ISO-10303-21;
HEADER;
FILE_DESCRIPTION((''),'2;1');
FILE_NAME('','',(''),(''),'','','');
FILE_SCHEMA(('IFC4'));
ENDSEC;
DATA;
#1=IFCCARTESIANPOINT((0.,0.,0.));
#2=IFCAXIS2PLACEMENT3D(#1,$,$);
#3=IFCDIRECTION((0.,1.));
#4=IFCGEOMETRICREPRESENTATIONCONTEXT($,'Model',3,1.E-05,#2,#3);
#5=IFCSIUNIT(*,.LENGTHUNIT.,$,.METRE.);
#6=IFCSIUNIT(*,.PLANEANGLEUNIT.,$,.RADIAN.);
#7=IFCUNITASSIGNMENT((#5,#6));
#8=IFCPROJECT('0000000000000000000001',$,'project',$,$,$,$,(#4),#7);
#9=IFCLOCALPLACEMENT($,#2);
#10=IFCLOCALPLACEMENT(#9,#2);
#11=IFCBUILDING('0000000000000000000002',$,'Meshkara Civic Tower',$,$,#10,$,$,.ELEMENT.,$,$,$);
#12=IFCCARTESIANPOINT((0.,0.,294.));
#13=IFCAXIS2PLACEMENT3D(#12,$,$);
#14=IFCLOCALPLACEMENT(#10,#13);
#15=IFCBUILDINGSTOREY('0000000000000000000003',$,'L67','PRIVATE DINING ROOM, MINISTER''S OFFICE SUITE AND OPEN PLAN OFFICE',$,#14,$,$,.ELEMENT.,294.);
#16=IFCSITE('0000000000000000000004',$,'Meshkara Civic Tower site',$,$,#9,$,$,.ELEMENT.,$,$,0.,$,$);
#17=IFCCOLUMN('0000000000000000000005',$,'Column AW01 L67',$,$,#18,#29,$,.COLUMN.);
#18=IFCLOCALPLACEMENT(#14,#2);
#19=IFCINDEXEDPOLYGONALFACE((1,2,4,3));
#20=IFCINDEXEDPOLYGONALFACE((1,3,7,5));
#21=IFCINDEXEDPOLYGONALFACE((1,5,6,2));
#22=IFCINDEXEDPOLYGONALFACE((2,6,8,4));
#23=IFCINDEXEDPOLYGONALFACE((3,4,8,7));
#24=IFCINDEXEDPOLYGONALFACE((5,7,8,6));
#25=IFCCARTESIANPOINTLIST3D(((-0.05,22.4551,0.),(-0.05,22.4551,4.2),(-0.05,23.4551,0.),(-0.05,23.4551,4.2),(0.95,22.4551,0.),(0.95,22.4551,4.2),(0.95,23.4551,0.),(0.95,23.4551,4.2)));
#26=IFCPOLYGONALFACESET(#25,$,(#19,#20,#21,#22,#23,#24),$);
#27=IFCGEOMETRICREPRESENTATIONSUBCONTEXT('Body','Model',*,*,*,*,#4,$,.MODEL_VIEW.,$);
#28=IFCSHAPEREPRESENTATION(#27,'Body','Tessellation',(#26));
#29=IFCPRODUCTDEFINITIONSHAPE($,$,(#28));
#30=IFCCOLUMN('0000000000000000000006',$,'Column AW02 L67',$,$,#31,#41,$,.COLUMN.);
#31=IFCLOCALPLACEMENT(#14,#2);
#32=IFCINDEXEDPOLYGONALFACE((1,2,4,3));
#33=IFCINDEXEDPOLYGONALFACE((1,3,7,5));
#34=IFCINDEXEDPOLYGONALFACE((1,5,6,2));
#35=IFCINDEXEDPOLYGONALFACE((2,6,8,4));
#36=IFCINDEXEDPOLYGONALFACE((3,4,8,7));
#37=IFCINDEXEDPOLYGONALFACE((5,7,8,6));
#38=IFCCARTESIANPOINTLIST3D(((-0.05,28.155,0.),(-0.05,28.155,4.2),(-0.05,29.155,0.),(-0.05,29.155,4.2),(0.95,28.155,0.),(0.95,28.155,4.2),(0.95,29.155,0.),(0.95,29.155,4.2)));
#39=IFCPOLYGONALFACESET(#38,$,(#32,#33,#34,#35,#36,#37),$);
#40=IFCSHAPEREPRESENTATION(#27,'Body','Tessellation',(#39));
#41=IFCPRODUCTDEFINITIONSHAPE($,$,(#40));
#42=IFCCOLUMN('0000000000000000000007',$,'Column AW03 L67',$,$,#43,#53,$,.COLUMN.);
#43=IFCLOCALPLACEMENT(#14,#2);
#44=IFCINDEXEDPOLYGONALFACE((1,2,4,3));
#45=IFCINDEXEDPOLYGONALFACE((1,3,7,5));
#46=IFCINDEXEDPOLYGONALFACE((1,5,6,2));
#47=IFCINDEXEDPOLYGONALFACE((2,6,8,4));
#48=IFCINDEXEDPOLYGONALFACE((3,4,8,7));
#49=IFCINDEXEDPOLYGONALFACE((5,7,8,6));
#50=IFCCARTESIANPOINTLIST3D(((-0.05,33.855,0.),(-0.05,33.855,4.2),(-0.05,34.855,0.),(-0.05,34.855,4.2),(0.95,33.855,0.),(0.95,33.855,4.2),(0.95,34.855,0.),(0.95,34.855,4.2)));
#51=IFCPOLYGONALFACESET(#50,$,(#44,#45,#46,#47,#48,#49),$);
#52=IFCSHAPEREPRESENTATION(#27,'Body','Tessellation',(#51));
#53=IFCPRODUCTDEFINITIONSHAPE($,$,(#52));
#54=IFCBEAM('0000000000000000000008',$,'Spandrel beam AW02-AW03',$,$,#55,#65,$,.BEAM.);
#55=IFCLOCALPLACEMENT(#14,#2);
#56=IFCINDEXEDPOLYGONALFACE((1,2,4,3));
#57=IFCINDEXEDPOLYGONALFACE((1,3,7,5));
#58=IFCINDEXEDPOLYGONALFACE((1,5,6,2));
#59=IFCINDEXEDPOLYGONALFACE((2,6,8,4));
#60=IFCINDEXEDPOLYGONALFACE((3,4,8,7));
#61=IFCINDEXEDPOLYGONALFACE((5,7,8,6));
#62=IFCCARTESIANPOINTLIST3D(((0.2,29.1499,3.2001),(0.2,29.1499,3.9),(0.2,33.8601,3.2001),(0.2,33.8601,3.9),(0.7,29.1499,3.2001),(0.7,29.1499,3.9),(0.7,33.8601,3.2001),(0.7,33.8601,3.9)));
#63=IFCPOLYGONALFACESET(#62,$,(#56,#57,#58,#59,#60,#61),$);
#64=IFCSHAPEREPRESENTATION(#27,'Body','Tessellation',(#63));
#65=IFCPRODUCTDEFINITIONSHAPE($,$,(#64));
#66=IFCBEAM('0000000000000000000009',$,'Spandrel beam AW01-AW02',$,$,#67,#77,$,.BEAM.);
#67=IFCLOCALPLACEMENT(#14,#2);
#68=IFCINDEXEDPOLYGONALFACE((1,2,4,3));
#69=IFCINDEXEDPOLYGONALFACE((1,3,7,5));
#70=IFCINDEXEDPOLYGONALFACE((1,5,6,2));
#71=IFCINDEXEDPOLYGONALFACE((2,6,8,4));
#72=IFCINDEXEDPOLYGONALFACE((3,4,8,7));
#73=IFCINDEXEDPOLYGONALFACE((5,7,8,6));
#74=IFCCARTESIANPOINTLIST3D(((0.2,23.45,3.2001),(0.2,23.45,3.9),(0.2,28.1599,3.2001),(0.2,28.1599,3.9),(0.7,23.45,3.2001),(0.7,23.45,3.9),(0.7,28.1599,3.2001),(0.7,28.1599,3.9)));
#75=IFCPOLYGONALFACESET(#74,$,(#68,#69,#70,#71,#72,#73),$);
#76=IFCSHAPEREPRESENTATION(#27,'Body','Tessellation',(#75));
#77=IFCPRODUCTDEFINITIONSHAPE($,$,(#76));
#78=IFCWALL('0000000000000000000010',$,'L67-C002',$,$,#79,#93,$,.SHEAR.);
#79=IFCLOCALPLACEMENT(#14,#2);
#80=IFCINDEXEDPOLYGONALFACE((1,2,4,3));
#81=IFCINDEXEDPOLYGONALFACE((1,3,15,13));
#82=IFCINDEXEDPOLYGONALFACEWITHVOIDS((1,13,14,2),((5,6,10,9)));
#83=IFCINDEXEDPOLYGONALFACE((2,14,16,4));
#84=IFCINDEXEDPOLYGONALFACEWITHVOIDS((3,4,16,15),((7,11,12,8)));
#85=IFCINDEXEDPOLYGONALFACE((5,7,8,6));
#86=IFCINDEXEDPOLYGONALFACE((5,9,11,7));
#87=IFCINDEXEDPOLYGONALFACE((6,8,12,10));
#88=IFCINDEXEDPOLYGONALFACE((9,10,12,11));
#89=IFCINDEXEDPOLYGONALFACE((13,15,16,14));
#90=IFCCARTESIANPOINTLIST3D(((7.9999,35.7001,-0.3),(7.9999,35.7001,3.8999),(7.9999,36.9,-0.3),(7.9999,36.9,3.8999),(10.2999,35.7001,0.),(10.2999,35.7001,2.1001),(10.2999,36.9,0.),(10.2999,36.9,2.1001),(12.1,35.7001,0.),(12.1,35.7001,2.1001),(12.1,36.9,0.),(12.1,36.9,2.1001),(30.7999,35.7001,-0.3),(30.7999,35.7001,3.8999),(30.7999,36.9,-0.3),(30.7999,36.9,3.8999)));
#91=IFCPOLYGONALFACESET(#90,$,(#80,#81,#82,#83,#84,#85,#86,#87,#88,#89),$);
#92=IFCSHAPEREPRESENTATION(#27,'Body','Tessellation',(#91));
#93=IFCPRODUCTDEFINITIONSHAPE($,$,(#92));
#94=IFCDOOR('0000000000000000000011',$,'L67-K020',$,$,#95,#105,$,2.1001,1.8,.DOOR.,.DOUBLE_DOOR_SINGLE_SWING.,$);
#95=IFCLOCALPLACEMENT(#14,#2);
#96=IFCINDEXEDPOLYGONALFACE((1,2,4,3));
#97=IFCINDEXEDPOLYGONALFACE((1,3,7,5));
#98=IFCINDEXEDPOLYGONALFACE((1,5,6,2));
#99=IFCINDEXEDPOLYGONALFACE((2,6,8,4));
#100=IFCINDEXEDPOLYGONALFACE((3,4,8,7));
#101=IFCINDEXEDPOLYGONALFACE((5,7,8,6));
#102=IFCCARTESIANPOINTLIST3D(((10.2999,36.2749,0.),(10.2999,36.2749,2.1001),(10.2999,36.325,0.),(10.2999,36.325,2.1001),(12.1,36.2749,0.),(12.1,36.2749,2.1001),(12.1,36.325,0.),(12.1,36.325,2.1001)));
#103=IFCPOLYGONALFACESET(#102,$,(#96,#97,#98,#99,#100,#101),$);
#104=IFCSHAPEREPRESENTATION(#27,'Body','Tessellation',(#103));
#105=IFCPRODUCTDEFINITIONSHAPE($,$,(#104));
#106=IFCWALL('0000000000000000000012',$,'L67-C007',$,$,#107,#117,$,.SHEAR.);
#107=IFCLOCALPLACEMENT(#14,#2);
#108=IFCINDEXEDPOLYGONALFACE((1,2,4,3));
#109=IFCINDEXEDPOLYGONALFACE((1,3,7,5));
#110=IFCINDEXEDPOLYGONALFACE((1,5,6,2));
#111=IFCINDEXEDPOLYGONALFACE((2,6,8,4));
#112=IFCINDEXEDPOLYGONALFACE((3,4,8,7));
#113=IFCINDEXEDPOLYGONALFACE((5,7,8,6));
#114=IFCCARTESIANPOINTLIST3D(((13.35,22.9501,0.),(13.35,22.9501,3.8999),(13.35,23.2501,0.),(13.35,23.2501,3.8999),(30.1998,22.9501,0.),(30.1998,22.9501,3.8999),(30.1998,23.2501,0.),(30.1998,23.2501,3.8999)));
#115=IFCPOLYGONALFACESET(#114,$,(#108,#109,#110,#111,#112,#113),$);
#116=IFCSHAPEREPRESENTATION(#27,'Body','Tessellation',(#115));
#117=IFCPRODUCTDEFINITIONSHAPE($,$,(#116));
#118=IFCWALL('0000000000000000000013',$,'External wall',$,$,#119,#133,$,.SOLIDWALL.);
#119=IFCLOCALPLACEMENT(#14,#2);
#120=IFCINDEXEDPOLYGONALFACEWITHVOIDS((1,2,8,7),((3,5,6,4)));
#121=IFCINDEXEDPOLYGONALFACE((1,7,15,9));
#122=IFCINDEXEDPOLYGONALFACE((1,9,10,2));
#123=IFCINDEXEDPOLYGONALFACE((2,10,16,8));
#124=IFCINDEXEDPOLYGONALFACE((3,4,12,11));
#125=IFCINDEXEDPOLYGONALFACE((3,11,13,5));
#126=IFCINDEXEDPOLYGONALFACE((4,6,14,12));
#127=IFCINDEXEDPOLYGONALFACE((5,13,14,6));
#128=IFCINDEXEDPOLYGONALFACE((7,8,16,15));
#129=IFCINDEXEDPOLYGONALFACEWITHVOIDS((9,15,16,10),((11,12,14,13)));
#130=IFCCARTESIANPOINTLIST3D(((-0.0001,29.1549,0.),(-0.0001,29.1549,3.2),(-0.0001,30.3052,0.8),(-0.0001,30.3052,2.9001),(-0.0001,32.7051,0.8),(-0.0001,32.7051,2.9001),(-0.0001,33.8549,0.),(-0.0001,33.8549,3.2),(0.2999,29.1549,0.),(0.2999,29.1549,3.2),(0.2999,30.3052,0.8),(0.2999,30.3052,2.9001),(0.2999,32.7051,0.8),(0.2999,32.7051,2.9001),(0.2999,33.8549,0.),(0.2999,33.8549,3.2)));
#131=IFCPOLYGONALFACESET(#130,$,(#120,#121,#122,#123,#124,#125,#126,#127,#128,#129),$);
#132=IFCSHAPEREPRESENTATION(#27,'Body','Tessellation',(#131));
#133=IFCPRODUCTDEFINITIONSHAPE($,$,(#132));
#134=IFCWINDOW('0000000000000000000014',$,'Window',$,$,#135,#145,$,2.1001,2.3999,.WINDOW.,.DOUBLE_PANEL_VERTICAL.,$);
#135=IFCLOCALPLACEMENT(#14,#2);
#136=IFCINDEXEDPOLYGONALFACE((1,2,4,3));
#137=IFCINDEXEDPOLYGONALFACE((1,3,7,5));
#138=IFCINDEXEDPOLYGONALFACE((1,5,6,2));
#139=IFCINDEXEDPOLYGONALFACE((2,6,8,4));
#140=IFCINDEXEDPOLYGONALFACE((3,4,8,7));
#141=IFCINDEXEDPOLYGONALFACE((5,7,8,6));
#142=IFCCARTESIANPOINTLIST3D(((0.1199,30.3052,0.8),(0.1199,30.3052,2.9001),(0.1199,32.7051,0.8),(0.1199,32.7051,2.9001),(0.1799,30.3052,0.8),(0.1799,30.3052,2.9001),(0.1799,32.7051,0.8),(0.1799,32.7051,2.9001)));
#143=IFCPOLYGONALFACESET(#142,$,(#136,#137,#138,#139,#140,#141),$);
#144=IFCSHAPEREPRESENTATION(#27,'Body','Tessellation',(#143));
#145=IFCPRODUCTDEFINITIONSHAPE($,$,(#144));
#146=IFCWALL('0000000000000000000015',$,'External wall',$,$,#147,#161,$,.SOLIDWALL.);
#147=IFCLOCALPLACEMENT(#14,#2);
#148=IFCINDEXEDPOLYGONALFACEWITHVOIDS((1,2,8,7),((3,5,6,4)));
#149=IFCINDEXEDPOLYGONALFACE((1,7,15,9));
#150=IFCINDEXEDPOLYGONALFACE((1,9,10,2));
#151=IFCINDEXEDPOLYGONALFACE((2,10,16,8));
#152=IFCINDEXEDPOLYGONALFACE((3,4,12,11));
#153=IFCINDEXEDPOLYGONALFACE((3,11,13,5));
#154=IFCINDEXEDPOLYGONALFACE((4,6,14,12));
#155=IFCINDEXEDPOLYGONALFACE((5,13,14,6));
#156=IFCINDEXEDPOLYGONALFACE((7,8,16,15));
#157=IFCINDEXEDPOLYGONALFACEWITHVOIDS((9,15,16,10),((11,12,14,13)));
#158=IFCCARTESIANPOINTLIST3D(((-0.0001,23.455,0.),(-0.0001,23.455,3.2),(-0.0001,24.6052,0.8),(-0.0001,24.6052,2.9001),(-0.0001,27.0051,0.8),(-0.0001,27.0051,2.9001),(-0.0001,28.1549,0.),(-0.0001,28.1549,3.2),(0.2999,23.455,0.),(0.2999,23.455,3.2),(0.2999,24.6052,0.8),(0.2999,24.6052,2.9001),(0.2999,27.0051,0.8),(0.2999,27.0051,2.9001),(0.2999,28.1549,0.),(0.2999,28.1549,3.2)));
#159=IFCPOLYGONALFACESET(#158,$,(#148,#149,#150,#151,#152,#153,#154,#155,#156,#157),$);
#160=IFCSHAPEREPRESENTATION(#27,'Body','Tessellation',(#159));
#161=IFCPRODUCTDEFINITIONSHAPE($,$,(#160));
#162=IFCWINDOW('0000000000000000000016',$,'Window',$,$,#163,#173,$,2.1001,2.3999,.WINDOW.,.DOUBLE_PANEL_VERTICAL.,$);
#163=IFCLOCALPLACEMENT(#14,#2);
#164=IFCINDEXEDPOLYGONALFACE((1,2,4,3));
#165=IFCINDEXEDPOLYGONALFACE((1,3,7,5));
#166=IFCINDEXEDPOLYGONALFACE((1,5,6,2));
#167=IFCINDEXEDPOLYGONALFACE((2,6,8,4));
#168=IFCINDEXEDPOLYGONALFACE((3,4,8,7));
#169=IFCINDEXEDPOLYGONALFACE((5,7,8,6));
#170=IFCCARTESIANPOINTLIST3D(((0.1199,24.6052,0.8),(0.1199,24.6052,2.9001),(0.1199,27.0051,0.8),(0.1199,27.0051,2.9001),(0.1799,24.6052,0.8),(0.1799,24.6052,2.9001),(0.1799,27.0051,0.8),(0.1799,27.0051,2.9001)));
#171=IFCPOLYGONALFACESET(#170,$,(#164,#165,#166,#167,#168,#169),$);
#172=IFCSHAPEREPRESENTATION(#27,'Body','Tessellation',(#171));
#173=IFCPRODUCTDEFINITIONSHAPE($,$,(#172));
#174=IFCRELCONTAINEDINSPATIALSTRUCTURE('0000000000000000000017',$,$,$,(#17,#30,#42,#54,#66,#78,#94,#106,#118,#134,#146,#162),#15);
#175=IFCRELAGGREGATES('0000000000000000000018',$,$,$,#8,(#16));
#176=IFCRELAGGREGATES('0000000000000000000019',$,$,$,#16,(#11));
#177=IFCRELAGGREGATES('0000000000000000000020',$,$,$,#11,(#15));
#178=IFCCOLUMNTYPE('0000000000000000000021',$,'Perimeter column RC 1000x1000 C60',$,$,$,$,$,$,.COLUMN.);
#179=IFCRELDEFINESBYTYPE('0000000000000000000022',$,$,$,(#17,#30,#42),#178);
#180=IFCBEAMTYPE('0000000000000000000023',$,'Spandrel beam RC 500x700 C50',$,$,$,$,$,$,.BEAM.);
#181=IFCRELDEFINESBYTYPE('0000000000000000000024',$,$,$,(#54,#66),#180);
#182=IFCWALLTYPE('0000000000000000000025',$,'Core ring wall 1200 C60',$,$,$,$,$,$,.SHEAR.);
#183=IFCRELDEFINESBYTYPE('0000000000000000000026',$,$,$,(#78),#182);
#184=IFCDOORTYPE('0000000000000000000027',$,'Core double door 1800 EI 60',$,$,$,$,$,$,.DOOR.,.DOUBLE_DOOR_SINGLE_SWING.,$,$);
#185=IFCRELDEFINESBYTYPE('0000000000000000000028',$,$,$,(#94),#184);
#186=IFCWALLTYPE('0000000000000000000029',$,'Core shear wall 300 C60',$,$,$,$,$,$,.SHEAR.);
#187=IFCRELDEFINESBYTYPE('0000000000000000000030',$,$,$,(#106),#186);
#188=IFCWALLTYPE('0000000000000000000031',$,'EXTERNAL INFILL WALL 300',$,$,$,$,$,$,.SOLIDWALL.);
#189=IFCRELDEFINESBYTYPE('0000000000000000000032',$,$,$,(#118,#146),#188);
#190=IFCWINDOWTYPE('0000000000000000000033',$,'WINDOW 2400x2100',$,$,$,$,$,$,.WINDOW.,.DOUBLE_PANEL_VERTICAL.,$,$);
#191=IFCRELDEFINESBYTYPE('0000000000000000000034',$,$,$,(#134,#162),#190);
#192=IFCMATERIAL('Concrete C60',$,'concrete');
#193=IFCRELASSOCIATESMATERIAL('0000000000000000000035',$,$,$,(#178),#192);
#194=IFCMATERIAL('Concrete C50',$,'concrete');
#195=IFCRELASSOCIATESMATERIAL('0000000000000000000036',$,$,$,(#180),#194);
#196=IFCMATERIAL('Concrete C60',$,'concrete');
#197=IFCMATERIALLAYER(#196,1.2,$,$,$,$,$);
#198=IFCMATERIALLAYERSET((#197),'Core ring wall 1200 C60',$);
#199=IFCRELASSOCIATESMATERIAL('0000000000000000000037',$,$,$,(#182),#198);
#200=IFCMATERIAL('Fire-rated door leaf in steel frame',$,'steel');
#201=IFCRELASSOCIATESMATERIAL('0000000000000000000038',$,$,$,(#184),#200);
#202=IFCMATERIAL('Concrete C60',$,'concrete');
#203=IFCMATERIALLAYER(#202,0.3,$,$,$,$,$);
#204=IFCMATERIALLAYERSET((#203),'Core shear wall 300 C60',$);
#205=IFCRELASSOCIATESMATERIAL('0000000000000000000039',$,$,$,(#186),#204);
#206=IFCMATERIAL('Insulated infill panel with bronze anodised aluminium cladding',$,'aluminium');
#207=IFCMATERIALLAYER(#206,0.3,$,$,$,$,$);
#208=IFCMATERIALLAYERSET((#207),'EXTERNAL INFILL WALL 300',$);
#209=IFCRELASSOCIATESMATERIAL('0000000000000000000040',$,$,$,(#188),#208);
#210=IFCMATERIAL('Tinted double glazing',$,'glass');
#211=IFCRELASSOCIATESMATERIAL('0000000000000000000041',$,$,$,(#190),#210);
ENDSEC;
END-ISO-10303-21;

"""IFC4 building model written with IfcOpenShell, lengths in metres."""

from ifc_helpers import new_model, si_unit, direction, frame, frame_2d, origin, origin_2d, place, context, subcontext, project, spatial, rectangle, extrude, material, layer, layer_set, material_profile, profile_set, type_object, element, fill, save


model = new_model("IFC4")

# Units and contexts
model_context = context("Model", 3, precision=1e-05, world=origin(), true_north=direction((0.0, 1.0)))
body_context = subcontext(model_context, "Body", "Model", "MODEL_VIEW")
ifc_project = project(units=[si_unit("LENGTHUNIT", "METRE"), si_unit("PLANEANGLEUNIT", "RADIAN")], contexts=[model_context])

# Site, building, storey
site_placement = place(None, origin())
site = spatial("IfcSite", under=ifc_project, at=site_placement, Name="Meshkara Civic Tower site", CompositionType="ELEMENT", RefElevation=0.0)
building_placement = place(site_placement, origin())
building = spatial("IfcBuilding", under=site, at=building_placement, Name="Meshkara Civic Tower", CompositionType="ELEMENT")
storey_placement = place(building_placement, frame((0.0, 0.0, 294.0)))
storey = spatial("IfcBuildingStorey", under=building, at=storey_placement, Name="L67", Description="PRIVATE DINING ROOM, MINISTER'S OFFICE SUITE AND OPEN PLAN OFFICE", CompositionType="ELEMENT", Elevation=294.0)

# Columns
ifc_material_1 = material(Name="Concrete C60", Category="concrete")
ifc_material_profile_1 = material_profile(ifc_material_1, rectangle(XDim=1.0, YDim=1.0, at=origin_2d()))
ifc_profile_set_1 = profile_set([ifc_material_profile_1], Name="Concrete C60")
column_type = type_object("IfcColumnType", Name="Perimeter column RC 1000x1000 C60", PredefinedType="COLUMN", material=ifc_profile_set_1)
for number, where, z_axis, x_axis, name in (
    (1, (0.45, 22.9551, 0.0), (0.0, 0.0, 1.0), (1.0, 0.0, 0.0), "Column AW01 L67"),
    (2, (0.45, 28.655, 0.0), (0.0, 0.0, 1.0), (1.0, 0.0, 0.0), "Column AW02 L67"),
    (3, (0.45, 34.355, 0.0), (0.0, 0.0, 1.0), (1.0, 0.0, 0.0), "Column AW03 L67"),
):
    element("IfcColumn", number, at=place(storey_placement, frame(where, z_axis=z_axis, x_axis=x_axis)), inside=storey, type_object=column_type, Name=name, PredefinedType="COLUMN", context=body_context, shape_type="SweptSolid", body=[
        extrude(rectangle(XDim=1.0, YDim=1.0, at=origin_2d()), origin(), (0.0, 0.0, 1.0), 4.2),
    ])

# Beams
ifc_material_2 = material(Name="Concrete C50", Category="concrete")
ifc_material_profile_2 = material_profile(ifc_material_2, rectangle(XDim=0.5, YDim=0.7, at=origin_2d()))
ifc_profile_set_2 = profile_set([ifc_material_profile_2], Name="Concrete C50")
beam_type = type_object("IfcBeamType", Name="Spandrel beam RC 500x700 C50", PredefinedType="BEAM", material=ifc_profile_set_2)
beam_1_placement = place(storey_placement, frame((0.45, 33.8601, 3.55), z_axis=(0.0, -1.0, 0.0), x_axis=(1.0, 0.0, 0.0)))
element("IfcBeam", 4, at=beam_1_placement, inside=storey, type_object=beam_type, Name="Spandrel beam AW02-AW03", PredefinedType="BEAM", context=body_context, shape_type="SweptSolid", body=[
    extrude(rectangle(XDim=0.5, YDim=0.7, at=origin_2d()), origin(), (0.0, 0.0, 1.0), 4.7102),
])
beam_2_placement = place(storey_placement, frame((0.45, 28.1599, 3.55), z_axis=(0.0, -1.0, 0.0), x_axis=(1.0, 0.0, 0.0)))
element("IfcBeam", 5, at=beam_2_placement, inside=storey, type_object=beam_type, Name="Spandrel beam AW01-AW02", PredefinedType="BEAM", context=body_context, shape_type="SweptSolid", body=[
    extrude(rectangle(XDim=0.5, YDim=0.7, at=origin_2d()), origin(), (0.0, 0.0, 1.0), 4.71),
])

# Wall, opening, door
ifc_material_3 = material(Name="Concrete C60", Category="concrete")
ifc_layer_1 = layer(ifc_material_3, 1.2)
ifc_layer_set_1 = layer_set([ifc_layer_1], Name="Core ring wall 1200 C60")
wall_type_1 = type_object("IfcWallType", Name="Core ring wall 1200 C60", PredefinedType="SHEAR", material=ifc_layer_set_1)
wall_1_placement = place(storey_placement, frame((8.0, 36.3, -0.3), z_axis=(0.0, 0.0, 1.0), x_axis=(1.0, 0.0, 0.0)))
wall_1 = element("IfcWall", 6, at=wall_1_placement, inside=storey, type_object=wall_type_1, Name="L67-C002", PredefinedType="SHEAR", context=body_context, shape_type="SweptSolid", body=[
    extrude(rectangle(XDim=22.8, YDim=1.2, at=frame_2d((11.3999, 0.0))), origin(), (0.0, 0.0, 1.0), 4.2),
])
opening_1_placement = place(wall_1_placement, frame((2.3, 0.0, 0.3)))
opening_1 = element("IfcOpeningElement", 7, at=opening_1_placement, cuts=wall_1, PredefinedType="OPENING", context=body_context, shape_type="SweptSolid", body=[
    extrude(rectangle(XDim=1.8, YDim=2.1001, at=frame_2d((0.8999, 1.05))), frame((0.0, 0.6099, 0.0), z_axis=(0.0, -1.0, 0.0), x_axis=(1.0, 0.0, 0.0)), (0.0, 0.0, 1.0), 1.22),
])
ifc_material_4 = material(Name="Fire-rated door leaf in steel frame", Category="steel")
door_type_1 = type_object("IfcDoorType", Name="Core double door 1800 EI 60", OperationType="DOUBLE_DOOR_SINGLE_SWING", PredefinedType="DOOR", material=ifc_material_4)
door_1_placement = place(opening_1_placement, origin())
door_1 = element("IfcDoor", 8, at=door_1_placement, inside=storey, type_object=door_type_1, Name="L67-K020", OperationType="DOUBLE_DOOR_SINGLE_SWING", OverallHeight=2.1001, OverallWidth=1.8, PredefinedType="DOOR", context=body_context, shape_type="SweptSolid", body=[
    extrude(rectangle(XDim=1.8, YDim=2.1001, at=frame_2d((0.8999, 1.05))), frame((0.0, 0.0249, 0.0), z_axis=(0.0, -1.0, 0.0), x_axis=(1.0, 0.0, 0.0)), (0.0, 0.0, 1.0), 0.05),
])
fill(opening_1, door_1)

# Wall
ifc_material_5 = material(Name="Concrete C60", Category="concrete")
ifc_layer_2 = layer(ifc_material_5, 0.3)
ifc_layer_set_2 = layer_set([ifc_layer_2], Name="Core shear wall 300 C60")
wall_type_2 = type_object("IfcWallType", Name="Core shear wall 300 C60", PredefinedType="SHEAR", material=ifc_layer_set_2)
wall_2_placement = place(storey_placement, frame((13.3501, 23.1001, 0.0), z_axis=(0.0, 0.0, 1.0), x_axis=(1.0, 0.0, 0.0)))
element("IfcWall", 9, at=wall_2_placement, inside=storey, type_object=wall_type_2, Name="L67-C007", PredefinedType="SHEAR", context=body_context, shape_type="SweptSolid", body=[
    extrude(rectangle(XDim=16.8499, YDim=0.3, at=frame_2d((8.4248, 0.0))), origin(), (0.0, 0.0, 1.0), 3.8999),
])

# Walls, openings, windows
ifc_material_6 = material(Name="Insulated infill panel with bronze anodised aluminium cladding", Category="aluminium")
ifc_layer_3 = layer(ifc_material_6, 0.3)
ifc_layer_set_3 = layer_set([ifc_layer_3], Name="EXTERNAL INFILL WALL 300")
wall_type_3 = type_object("IfcWallType", Name="EXTERNAL INFILL WALL 300", PredefinedType="SOLIDWALL", material=ifc_layer_set_3)
wall_3_placement = place(storey_placement, frame((0.1499, 33.855, 0.0), z_axis=(0.0, 0.0, 1.0), x_axis=(0.0, -1.0, 0.0)))
wall_3 = element("IfcWall", 10, at=wall_3_placement, inside=storey, type_object=wall_type_3, Name="External wall", PredefinedType="SOLIDWALL", context=body_context, shape_type="SweptSolid", body=[
    extrude(rectangle(XDim=4.7, YDim=0.3, at=frame_2d((2.3501, 0.0))), origin(), (0.0, 0.0, 1.0), 3.2),
])
opening_2_placement = place(wall_3_placement, frame((1.1499, 0.0, 0.8)))
opening_2 = element("IfcOpeningElement", 11, at=opening_2_placement, cuts=wall_3, PredefinedType="OPENING", context=body_context, shape_type="SweptSolid", body=[
    extrude(rectangle(XDim=2.3999, YDim=2.1001, at=frame_2d((1.2, 1.05))), frame((0.0, 0.1599, 0.0), z_axis=(0.0, -1.0, 0.0), x_axis=(1.0, 0.0, 0.0)), (0.0, 0.0, 1.0), 0.3201),
])
ifc_material_7 = material(Name="Tinted double glazing", Category="glass")
window_type = type_object("IfcWindowType", Name="WINDOW 2400x2100", PartitioningType="DOUBLE_PANEL_VERTICAL", PredefinedType="WINDOW", material=ifc_material_7)
window_1_placement = place(opening_2_placement, origin())
window_1 = element("IfcWindow", 12, at=window_1_placement, inside=storey, type_object=window_type, Name="Window", OverallHeight=2.1001, OverallWidth=2.3999, PartitioningType="DOUBLE_PANEL_VERTICAL", PredefinedType="WINDOW", context=body_context, shape_type="SweptSolid", body=[
    extrude(rectangle(XDim=2.3999, YDim=2.1001, at=frame_2d((1.2, 1.05))), frame((0.0, 0.03, 0.0), z_axis=(0.0, -1.0, 0.0), x_axis=(1.0, 0.0, 0.0)), (0.0, 0.0, 1.0), 0.0601),
])
fill(opening_2, window_1)
wall_4_placement = place(storey_placement, frame((0.1499, 28.155, 0.0), z_axis=(0.0, 0.0, 1.0), x_axis=(0.0, -1.0, 0.0)))
wall_4 = element("IfcWall", 13, at=wall_4_placement, inside=storey, type_object=wall_type_3, Name="External wall", PredefinedType="SOLIDWALL", context=body_context, shape_type="SweptSolid", body=[
    extrude(rectangle(XDim=4.7, YDim=0.3, at=frame_2d((2.3501, 0.0))), origin(), (0.0, 0.0, 1.0), 3.2),
])
opening_3_placement = place(wall_4_placement, frame((1.1499, 0.0, 0.8)))
opening_3 = element("IfcOpeningElement", 14, at=opening_3_placement, cuts=wall_4, PredefinedType="OPENING", context=body_context, shape_type="SweptSolid", body=[
    extrude(rectangle(XDim=2.3999, YDim=2.1001, at=frame_2d((1.2, 1.05))), frame((0.0, 0.1599, 0.0), z_axis=(0.0, -1.0, 0.0), x_axis=(1.0, 0.0, 0.0)), (0.0, 0.0, 1.0), 0.3201),
])
window_2_placement = place(opening_3_placement, origin())
window_2 = element("IfcWindow", 15, at=window_2_placement, inside=storey, type_object=window_type, Name="Window", OverallHeight=2.1001, OverallWidth=2.3999, PartitioningType="DOUBLE_PANEL_VERTICAL", PredefinedType="WINDOW", context=body_context, shape_type="SweptSolid", body=[
    extrude(rectangle(XDim=2.3999, YDim=2.1001, at=frame_2d((1.2, 1.05))), frame((0.0, 0.03, 0.0), z_axis=(0.0, -1.0, 0.0), x_axis=(1.0, 0.0, 0.0)), (0.0, 0.0, 1.0), 0.0601),
])
fill(opening_3, window_2)

save(model, "model.ifc")
